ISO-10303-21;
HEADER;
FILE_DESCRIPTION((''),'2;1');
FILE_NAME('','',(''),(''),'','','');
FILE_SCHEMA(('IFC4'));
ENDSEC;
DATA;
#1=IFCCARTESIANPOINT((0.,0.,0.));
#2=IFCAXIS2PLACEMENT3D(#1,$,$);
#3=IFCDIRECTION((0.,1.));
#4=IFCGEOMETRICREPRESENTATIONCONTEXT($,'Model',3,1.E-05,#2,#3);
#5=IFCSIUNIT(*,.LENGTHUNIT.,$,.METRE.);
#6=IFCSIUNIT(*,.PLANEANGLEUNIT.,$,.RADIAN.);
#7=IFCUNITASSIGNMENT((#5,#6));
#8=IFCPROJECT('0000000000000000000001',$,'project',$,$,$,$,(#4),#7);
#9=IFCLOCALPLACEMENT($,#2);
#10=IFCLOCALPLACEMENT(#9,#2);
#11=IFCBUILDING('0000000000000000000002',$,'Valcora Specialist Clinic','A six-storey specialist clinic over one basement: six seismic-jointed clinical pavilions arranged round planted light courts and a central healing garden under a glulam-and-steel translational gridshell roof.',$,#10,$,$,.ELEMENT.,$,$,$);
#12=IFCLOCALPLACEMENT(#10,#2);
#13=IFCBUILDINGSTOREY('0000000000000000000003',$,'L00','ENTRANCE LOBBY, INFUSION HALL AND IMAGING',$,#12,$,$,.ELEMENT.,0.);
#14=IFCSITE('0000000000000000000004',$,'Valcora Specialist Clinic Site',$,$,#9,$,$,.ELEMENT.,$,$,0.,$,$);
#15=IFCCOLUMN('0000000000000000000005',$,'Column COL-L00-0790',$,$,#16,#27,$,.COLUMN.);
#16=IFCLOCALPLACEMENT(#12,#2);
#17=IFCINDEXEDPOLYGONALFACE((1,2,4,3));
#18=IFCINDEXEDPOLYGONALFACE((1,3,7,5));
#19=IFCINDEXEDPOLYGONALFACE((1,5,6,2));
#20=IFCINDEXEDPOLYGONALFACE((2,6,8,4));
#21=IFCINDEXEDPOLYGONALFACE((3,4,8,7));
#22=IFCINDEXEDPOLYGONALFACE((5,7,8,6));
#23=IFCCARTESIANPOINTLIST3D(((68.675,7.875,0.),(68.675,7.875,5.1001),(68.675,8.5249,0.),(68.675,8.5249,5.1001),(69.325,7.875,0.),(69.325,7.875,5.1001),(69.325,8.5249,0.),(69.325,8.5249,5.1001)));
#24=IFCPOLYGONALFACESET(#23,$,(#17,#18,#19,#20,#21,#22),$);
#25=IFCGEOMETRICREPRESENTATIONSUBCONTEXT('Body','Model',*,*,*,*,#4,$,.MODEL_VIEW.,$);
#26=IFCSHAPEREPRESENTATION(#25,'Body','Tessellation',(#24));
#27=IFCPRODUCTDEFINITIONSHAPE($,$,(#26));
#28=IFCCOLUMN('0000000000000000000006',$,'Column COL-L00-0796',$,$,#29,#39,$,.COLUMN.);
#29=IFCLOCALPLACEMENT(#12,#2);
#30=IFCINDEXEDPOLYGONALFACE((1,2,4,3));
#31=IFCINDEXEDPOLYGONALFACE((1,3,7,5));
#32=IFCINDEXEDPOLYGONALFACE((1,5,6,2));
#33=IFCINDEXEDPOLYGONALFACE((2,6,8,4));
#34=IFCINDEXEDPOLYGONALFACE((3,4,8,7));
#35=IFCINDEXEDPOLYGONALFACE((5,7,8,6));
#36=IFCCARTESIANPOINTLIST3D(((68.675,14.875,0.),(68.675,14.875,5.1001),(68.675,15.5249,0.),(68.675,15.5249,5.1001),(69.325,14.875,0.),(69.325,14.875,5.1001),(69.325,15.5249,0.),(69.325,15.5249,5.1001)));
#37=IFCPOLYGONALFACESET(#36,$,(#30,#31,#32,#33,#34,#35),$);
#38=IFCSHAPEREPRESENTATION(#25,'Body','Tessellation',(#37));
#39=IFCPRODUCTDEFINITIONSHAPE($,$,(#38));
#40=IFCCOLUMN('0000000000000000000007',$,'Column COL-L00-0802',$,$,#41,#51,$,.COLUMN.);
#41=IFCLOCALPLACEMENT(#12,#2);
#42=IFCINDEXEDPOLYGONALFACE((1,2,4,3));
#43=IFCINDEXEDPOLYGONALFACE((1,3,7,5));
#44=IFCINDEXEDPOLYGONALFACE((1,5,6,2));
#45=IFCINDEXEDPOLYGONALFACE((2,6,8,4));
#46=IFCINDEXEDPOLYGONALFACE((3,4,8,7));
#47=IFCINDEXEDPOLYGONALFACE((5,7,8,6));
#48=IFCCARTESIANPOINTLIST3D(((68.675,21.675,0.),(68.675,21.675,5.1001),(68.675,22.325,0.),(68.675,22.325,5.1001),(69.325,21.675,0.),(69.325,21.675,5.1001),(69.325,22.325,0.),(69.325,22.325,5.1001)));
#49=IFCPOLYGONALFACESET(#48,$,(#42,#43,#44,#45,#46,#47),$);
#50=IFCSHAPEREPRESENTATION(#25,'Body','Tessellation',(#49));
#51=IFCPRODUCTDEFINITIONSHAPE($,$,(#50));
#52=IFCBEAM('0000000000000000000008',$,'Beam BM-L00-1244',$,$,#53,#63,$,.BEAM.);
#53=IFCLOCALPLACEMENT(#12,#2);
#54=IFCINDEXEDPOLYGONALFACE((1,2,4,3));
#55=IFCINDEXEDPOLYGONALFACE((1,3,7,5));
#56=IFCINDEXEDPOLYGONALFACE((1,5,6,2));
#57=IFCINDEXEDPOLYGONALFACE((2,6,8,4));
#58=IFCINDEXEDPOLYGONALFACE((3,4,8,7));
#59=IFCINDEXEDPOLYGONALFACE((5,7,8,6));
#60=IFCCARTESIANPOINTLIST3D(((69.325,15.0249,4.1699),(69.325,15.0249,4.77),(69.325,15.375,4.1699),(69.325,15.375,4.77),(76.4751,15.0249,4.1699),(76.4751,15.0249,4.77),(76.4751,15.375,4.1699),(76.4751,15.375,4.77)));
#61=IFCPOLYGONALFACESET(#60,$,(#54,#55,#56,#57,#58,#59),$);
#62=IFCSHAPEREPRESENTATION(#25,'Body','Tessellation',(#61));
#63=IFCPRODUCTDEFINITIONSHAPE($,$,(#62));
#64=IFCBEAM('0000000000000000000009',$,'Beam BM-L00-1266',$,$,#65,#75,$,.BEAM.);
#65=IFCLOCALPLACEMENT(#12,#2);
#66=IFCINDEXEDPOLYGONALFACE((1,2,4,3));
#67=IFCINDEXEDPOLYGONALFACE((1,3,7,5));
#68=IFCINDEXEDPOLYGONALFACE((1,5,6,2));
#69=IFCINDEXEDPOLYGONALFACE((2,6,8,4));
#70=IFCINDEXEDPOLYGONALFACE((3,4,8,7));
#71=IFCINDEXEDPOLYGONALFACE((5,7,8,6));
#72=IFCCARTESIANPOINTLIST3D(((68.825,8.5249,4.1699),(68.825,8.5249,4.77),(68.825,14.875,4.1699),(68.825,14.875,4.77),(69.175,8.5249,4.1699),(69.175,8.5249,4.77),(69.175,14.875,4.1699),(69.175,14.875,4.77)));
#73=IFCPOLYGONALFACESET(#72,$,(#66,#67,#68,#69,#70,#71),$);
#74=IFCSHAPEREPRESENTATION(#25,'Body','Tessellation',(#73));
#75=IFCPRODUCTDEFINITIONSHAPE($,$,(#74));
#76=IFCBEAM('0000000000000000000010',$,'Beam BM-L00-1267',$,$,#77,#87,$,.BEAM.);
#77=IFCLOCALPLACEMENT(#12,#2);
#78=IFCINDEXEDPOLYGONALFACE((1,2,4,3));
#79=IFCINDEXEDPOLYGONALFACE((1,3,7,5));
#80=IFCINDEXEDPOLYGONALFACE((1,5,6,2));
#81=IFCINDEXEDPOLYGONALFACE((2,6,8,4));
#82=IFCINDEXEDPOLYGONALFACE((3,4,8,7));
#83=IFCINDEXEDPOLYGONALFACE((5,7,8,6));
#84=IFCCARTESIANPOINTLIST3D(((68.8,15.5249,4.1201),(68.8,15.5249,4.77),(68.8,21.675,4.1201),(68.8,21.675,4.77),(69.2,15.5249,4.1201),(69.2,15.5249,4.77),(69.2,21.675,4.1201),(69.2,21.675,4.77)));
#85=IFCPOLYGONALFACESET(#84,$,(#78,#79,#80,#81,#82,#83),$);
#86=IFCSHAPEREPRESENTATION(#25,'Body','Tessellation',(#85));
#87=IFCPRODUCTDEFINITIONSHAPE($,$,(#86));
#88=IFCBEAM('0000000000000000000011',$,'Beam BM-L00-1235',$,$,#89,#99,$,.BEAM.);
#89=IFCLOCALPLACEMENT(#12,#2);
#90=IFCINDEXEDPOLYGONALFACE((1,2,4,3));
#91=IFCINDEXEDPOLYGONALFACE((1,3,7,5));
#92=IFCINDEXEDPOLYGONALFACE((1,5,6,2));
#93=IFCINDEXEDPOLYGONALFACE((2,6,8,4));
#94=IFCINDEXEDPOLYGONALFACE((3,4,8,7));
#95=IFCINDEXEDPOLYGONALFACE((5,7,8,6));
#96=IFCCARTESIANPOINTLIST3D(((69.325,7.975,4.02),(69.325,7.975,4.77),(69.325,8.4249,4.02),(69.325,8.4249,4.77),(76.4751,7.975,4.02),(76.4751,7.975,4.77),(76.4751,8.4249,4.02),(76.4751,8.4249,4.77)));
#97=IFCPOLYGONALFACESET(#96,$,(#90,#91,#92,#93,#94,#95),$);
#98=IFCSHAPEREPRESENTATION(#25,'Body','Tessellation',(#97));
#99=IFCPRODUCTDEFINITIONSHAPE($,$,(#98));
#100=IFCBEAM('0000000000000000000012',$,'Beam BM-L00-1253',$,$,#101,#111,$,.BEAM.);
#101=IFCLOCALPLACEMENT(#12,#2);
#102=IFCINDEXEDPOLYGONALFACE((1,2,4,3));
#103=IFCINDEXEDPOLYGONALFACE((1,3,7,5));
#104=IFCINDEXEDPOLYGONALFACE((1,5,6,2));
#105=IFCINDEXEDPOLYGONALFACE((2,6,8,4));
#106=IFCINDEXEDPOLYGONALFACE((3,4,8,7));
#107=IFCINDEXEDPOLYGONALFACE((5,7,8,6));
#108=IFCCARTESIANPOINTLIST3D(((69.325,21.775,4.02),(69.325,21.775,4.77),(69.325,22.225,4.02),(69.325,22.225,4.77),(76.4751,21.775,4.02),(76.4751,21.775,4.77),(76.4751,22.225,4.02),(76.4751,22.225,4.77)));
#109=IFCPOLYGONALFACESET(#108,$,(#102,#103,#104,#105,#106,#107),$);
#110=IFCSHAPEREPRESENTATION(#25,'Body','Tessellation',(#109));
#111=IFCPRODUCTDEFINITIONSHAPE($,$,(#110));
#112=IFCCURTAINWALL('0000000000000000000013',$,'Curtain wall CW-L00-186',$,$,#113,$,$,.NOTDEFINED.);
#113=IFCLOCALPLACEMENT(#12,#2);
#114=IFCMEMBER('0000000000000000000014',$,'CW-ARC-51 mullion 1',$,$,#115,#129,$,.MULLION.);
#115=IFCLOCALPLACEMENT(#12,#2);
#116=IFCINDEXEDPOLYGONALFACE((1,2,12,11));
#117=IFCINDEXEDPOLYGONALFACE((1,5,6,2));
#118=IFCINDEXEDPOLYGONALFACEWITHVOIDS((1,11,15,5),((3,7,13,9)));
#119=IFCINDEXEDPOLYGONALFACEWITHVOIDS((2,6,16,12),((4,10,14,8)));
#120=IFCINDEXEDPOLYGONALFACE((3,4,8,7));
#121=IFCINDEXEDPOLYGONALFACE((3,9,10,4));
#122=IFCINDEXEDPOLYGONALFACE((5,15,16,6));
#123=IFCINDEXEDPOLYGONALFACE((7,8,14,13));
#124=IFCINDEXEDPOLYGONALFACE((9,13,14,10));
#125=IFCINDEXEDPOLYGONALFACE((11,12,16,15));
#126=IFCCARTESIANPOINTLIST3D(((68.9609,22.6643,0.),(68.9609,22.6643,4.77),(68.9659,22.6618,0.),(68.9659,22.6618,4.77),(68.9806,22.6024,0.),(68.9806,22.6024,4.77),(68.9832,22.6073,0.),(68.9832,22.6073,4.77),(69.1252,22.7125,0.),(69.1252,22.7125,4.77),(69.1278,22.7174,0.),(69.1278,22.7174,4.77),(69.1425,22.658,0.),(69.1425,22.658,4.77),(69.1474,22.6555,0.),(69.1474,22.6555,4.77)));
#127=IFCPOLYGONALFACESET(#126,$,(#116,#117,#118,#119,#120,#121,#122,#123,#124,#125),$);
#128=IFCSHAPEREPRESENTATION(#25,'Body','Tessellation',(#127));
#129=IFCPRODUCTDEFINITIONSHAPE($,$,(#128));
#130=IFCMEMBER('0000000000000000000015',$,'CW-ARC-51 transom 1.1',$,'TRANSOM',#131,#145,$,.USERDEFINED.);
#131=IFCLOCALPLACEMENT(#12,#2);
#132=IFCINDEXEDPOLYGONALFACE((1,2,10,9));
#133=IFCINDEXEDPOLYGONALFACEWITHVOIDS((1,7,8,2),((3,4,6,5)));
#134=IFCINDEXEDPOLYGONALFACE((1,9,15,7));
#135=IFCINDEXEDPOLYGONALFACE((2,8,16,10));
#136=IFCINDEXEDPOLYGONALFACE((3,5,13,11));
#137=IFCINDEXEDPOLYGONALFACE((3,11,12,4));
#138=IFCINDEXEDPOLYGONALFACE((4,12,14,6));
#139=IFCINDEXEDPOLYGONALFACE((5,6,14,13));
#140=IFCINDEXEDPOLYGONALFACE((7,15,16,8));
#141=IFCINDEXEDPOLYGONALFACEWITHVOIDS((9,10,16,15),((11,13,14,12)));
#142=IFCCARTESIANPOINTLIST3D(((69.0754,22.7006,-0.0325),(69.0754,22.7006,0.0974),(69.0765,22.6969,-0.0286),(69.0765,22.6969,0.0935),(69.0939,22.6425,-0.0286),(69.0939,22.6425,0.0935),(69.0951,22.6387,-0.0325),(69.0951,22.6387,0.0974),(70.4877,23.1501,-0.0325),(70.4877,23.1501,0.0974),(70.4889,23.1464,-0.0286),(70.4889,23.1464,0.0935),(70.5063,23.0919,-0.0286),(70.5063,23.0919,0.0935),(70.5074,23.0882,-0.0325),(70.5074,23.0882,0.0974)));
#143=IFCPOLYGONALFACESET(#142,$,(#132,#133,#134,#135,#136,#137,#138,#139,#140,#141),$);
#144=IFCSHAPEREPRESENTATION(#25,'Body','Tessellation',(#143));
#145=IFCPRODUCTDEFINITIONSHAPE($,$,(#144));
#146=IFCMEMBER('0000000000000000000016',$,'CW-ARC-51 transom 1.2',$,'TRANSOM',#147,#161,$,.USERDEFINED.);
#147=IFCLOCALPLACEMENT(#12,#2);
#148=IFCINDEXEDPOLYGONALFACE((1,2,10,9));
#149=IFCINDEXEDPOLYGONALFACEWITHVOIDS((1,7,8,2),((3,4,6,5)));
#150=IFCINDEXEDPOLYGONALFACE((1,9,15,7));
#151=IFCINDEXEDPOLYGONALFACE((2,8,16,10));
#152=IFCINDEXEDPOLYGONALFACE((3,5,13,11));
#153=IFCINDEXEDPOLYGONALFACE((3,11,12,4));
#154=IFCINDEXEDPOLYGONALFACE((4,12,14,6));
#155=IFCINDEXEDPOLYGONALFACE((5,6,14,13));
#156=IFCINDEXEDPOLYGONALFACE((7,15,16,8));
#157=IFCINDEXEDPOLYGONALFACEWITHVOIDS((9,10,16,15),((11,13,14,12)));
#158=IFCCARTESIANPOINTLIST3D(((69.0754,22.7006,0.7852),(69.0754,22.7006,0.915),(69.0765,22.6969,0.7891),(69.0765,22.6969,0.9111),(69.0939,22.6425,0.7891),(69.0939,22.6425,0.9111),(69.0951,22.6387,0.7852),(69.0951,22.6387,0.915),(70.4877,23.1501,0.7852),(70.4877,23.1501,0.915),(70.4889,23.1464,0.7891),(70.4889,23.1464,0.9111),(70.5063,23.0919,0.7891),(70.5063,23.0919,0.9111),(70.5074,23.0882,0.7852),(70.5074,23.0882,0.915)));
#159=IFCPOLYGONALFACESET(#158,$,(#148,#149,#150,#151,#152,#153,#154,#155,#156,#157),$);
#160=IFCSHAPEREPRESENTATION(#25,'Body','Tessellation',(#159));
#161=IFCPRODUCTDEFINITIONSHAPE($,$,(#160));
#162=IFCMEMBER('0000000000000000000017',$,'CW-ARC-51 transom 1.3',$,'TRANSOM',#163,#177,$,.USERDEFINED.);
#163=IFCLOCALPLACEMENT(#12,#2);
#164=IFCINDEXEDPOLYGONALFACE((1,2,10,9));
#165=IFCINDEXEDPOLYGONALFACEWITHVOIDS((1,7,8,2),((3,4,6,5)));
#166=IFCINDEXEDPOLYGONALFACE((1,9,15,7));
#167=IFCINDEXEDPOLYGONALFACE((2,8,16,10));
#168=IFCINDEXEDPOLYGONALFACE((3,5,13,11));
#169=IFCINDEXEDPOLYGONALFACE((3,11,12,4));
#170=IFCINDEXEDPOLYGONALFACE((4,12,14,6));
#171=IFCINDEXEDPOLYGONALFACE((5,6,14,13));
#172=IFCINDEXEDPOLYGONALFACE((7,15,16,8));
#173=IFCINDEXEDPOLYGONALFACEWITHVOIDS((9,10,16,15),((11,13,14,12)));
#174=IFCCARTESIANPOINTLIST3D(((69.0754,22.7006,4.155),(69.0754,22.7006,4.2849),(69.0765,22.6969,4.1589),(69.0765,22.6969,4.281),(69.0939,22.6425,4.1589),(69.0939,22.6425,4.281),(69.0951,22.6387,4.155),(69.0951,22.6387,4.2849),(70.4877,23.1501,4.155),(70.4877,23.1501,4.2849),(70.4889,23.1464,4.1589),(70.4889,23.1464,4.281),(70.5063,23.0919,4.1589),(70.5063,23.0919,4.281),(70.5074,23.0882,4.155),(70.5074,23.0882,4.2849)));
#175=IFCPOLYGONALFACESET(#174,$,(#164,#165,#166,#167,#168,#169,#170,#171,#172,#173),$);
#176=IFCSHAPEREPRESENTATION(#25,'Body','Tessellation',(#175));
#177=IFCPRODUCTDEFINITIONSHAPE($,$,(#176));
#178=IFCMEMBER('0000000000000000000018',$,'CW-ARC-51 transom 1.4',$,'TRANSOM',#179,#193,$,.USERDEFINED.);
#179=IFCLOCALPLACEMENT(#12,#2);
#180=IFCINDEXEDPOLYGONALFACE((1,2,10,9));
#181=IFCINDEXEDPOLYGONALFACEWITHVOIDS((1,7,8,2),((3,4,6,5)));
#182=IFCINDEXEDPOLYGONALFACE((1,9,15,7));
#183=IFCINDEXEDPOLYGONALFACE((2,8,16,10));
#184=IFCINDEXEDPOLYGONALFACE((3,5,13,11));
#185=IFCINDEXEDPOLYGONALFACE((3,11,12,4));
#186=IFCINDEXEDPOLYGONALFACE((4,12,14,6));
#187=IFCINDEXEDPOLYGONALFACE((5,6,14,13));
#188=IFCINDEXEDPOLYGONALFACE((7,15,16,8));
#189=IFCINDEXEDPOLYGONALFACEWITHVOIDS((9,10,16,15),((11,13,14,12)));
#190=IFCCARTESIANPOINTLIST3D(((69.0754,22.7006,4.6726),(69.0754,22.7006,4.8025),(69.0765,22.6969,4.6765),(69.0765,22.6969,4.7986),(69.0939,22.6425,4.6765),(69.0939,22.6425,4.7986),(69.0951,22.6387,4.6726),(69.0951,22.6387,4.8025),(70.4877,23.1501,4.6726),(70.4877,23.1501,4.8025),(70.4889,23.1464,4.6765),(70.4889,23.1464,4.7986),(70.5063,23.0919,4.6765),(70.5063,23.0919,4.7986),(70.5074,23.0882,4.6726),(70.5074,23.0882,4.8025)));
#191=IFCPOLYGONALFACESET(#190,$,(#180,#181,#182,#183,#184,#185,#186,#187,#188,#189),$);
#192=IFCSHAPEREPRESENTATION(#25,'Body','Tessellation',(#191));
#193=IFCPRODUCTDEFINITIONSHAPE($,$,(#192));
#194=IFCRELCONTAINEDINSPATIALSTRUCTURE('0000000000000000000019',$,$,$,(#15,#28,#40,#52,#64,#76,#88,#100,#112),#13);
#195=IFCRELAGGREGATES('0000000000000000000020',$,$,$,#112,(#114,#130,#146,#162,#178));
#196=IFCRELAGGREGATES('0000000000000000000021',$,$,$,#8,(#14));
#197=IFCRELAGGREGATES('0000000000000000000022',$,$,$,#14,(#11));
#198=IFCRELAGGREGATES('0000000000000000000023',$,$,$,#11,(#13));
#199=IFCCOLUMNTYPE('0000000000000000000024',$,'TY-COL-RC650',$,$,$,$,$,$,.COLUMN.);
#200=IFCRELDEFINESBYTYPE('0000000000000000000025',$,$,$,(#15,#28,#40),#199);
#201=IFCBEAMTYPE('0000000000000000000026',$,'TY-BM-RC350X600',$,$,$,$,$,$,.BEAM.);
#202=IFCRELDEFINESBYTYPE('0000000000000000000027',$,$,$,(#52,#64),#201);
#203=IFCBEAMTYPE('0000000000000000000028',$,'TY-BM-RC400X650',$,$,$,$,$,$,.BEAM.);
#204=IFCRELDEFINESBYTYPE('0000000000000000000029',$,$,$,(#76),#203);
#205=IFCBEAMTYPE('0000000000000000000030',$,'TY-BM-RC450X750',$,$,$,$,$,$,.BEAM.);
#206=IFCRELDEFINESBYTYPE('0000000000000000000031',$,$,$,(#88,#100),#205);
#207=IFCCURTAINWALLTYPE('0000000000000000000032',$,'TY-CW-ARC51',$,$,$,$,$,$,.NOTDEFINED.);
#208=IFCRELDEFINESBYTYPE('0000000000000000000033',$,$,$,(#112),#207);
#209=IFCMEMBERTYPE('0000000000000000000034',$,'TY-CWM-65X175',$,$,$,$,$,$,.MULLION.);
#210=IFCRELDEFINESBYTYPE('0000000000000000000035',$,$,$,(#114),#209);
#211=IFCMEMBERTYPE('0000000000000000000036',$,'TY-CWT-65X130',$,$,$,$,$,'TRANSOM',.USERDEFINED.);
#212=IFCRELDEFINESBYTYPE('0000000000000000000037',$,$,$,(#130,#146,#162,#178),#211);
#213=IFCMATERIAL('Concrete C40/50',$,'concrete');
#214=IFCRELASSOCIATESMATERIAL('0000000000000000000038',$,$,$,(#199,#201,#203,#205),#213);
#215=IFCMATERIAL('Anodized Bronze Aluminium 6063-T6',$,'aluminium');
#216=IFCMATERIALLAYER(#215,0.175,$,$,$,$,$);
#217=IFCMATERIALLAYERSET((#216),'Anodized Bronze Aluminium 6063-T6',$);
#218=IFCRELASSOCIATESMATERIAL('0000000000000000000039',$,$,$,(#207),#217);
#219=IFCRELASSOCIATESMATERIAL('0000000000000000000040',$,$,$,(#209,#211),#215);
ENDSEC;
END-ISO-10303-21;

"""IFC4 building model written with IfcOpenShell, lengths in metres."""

from ifc_helpers import new_model, si_unit, direction, frame, origin, origin_2d, place, context, subcontext, project, spatial, rectangle, hollow_rectangle, extrude, material, layer, layer_set, material_profile, profile_set, type_object, element, aggregate, save


model = new_model("IFC4")

# Units and contexts
model_context = context("Model", 3, precision=1e-05, world=origin(), true_north=direction((0.0, 1.0)))
body_context = subcontext(model_context, "Body", "Model", "MODEL_VIEW")
ifc_project = project(units=[si_unit("LENGTHUNIT", "METRE"), si_unit("PLANEANGLEUNIT", "RADIAN")], contexts=[model_context])

# Site, building, storey
site_placement = place(None, origin())
site = spatial("IfcSite", under=ifc_project, at=site_placement, Name="Valcora Specialist Clinic Site", CompositionType="ELEMENT", RefElevation=0.0)
building_placement = place(site_placement, origin())
building = spatial("IfcBuilding", under=site, at=building_placement, Name="Valcora Specialist Clinic", Description="A six-storey specialist clinic over one basement: six seismic-jointed clinical pavilions arranged round planted light courts and a central healing garden under a glulam-and-steel translational gridshell roof.", CompositionType="ELEMENT")
storey_placement = place(building_placement, origin())
storey = spatial("IfcBuildingStorey", under=building, at=storey_placement, Name="L00", Description="ENTRANCE LOBBY, INFUSION HALL AND IMAGING", CompositionType="ELEMENT", Elevation=0.0)

# Columns
ifc_material_1 = material(Name="Concrete C40/50", Category="concrete")
ifc_material_profile_1 = material_profile(ifc_material_1, rectangle(XDim=0.6499, YDim=0.6499, at=origin_2d()), Name="RC-COL-650X650")
ifc_profile_set_1 = profile_set([ifc_material_profile_1], Name="Concrete C40/50")
column_type = type_object("IfcColumnType", Name="TY-COL-RC650", PredefinedType="COLUMN", material=ifc_profile_set_1)
for number, where, z_axis, x_axis, name in (
    (1, (69.0, 8.2, 0.0), (0.0, 0.0, 1.0), (1.0, 0.0, 0.0), "Column COL-L00-0790"),
    (2, (69.0, 15.2, 0.0), (0.0, 0.0, 1.0), (1.0, 0.0, 0.0), "Column COL-L00-0796"),
    (3, (69.0, 22.0, 0.0), (0.0, 0.0, 1.0), (1.0, 0.0, 0.0), "Column COL-L00-0802"),
):
    element("IfcColumn", number, at=place(storey_placement, frame(where, z_axis=z_axis, x_axis=x_axis)), inside=storey, type_object=column_type, Name=name, PredefinedType="COLUMN", context=body_context, shape_type="SweptSolid", body=[
        extrude(rectangle(XDim=0.6499, YDim=0.6499, at=origin_2d()), origin(), (0.0, 0.0, 1.0), 5.1001),
    ])

# Beams
ifc_material_profile_2 = material_profile(ifc_material_1, rectangle(XDim=0.3501, YDim=0.6001, at=origin_2d()), Name="RC-BM-350X600")
ifc_profile_set_2 = profile_set([ifc_material_profile_2], Name="Concrete C40/50")
beam_type_1 = type_object("IfcBeamType", Name="TY-BM-RC350X600", PredefinedType="BEAM", material=ifc_profile_set_2)
beam_1_placement = place(storey_placement, frame((69.325, 15.2, 4.47), z_axis=(1.0, 0.0, 0.0), x_axis=(0.0, 1.0, 0.0)))
element("IfcBeam", 4, at=beam_1_placement, inside=storey, type_object=beam_type_1, Name="Beam BM-L00-1244", PredefinedType="BEAM", context=body_context, shape_type="SweptSolid", body=[
    extrude(rectangle(XDim=0.3501, YDim=0.6001, at=origin_2d()), origin(), (0.0, 0.0, 1.0), 7.1501),
])
beam_2_placement = place(storey_placement, frame((69.0, 8.5249, 4.47), z_axis=(0.0, 1.0, 0.0), x_axis=(-1.0, 0.0, 0.0)))
element("IfcBeam", 5, at=beam_2_placement, inside=storey, type_object=beam_type_1, Name="Beam BM-L00-1266", PredefinedType="BEAM", context=body_context, shape_type="SweptSolid", body=[
    extrude(rectangle(XDim=0.3501, YDim=0.6001, at=origin_2d()), origin(), (0.0, 0.0, 1.0), 6.3501),
])
ifc_material_profile_3 = material_profile(ifc_material_1, rectangle(XDim=0.3999, YDim=0.6499, at=origin_2d()), Name="RC-BM-400X650")
ifc_profile_set_3 = profile_set([ifc_material_profile_3], Name="Concrete C40/50")
beam_type_2 = type_object("IfcBeamType", Name="TY-BM-RC400X650", PredefinedType="BEAM", material=ifc_profile_set_3)
beam_3_placement = place(storey_placement, frame((69.0, 15.5249, 4.4451), z_axis=(0.0, 1.0, 0.0), x_axis=(-1.0, 0.0, 0.0)))
element("IfcBeam", 6, at=beam_3_placement, inside=storey, type_object=beam_type_2, Name="Beam BM-L00-1267", PredefinedType="BEAM", context=body_context, shape_type="SweptSolid", body=[
    extrude(rectangle(XDim=0.3999, YDim=0.6499, at=origin_2d()), origin(), (0.0, 0.0, 1.0), 6.1501),
])
ifc_material_profile_4 = material_profile(ifc_material_1, rectangle(XDim=0.45, YDim=0.75, at=origin_2d()), Name="RC-BM-450X750")
ifc_profile_set_4 = profile_set([ifc_material_profile_4], Name="Concrete C40/50")
beam_type_3 = type_object("IfcBeamType", Name="TY-BM-RC450X750", PredefinedType="BEAM", material=ifc_profile_set_4)
for number, where, z_axis, x_axis, name in (
    (7, (69.325, 8.2, 4.395), (1.0, 0.0, 0.0), (0.0, 1.0, 0.0), "Beam BM-L00-1235"),
    (8, (69.325, 22.0, 4.395), (1.0, 0.0, 0.0), (0.0, 1.0, 0.0), "Beam BM-L00-1253"),
):
    element("IfcBeam", number, at=place(storey_placement, frame(where, z_axis=z_axis, x_axis=x_axis)), inside=storey, type_object=beam_type_3, Name=name, PredefinedType="BEAM", context=body_context, shape_type="SweptSolid", body=[
        extrude(rectangle(XDim=0.45, YDim=0.75, at=origin_2d()), origin(), (0.0, 0.0, 1.0), 7.1501),
    ])

# Curtain wall, members
ifc_material_2 = material(Name="Anodized Bronze Aluminium 6063-T6", Category="aluminium")
ifc_layer_1 = layer(ifc_material_2, 0.175)
ifc_layer_set_1 = layer_set([ifc_layer_1], Name="Anodized Bronze Aluminium 6063-T6")
curtain_wall_type = type_object("IfcCurtainWallType", Name="TY-CW-ARC51", PredefinedType="NOTDEFINED", material=ifc_layer_set_1)
curtain_wall_placement = place(storey_placement, origin())
curtain_wall = element("IfcCurtainWall", 9, at=curtain_wall_placement, inside=storey, type_object=curtain_wall_type, Name="Curtain wall CW-L00-186", PredefinedType="NOTDEFINED")
ifc_material_profile_5 = material_profile(ifc_material_2, hollow_rectangle(XDim=0.0649, YDim=0.175, WallThickness=0.0039, at=origin_2d()), Name="AL-MUL-65X175")
ifc_profile_set_5 = profile_set([ifc_material_profile_5], Name="Anodized Bronze Aluminium 6063-T6")
member_type_1 = type_object("IfcMemberType", Name="TY-CWM-65X175", PredefinedType="MULLION", material=ifc_profile_set_5)
member_1_placement = place(storey_placement, frame((69.0542, 22.6599, 0.0), z_axis=(0.0, 0.0, 1.0), x_axis=(-0.303233, 0.952916, 0.0)))
member_1 = element("IfcMember", 10, at=member_1_placement, type_object=member_type_1, Name="CW-ARC-51 mullion 1", PredefinedType="MULLION", context=body_context, shape_type="SweptSolid", body=[
    extrude(hollow_rectangle(XDim=0.0649, YDim=0.175, WallThickness=0.0039, at=origin_2d()), origin(), (0.0, 0.0, 1.0), 4.77),
])
ifc_material_profile_6 = material_profile(ifc_material_2, hollow_rectangle(XDim=0.0649, YDim=0.1299, WallThickness=0.0039, at=origin_2d()), Name="AL-TRN-65X130")
ifc_profile_set_6 = profile_set([ifc_material_profile_6], Name="Anodized Bronze Aluminium 6063-T6")
member_type_2 = type_object("IfcMemberType", Name="TY-CWT-65X130", ElementType="TRANSOM", PredefinedType="USERDEFINED", material=ifc_profile_set_6)
member_2_placement = place(storey_placement, frame((69.0852, 22.6697, 0.0325), z_axis=(0.952911, 0.303251, 0.0), x_axis=(-0.303251, 0.952911, 0.0)))
member_2 = element("IfcMember", 11, at=member_2_placement, type_object=member_type_2, Name="CW-ARC-51 transom 1.1", ObjectType="TRANSOM", PredefinedType="USERDEFINED", context=body_context, shape_type="SweptSolid", body=[
    extrude(hollow_rectangle(XDim=0.0649, YDim=0.1299, WallThickness=0.0039, at=origin_2d()), origin(), (0.0, 0.0, 1.0), 1.4822),
])
member_3_placement = place(storey_placement, frame((69.0852, 22.6697, 0.8501), z_axis=(0.952911, 0.303251, 0.0), x_axis=(-0.303251, 0.952911, 0.0)))
member_3 = element("IfcMember", 12, at=member_3_placement, type_object=member_type_2, Name="CW-ARC-51 transom 1.2", ObjectType="TRANSOM", PredefinedType="USERDEFINED", context=body_context, shape_type="SweptSolid", body=[
    extrude(hollow_rectangle(XDim=0.0649, YDim=0.1299, WallThickness=0.0039, at=origin_2d()), origin(), (0.0, 0.0, 1.0), 1.4822),
])
member_4_placement = place(storey_placement, frame((69.0852, 22.6697, 4.22), z_axis=(0.952911, 0.303251, 0.0), x_axis=(-0.303251, 0.952911, 0.0)))
member_4 = element("IfcMember", 13, at=member_4_placement, type_object=member_type_2, Name="CW-ARC-51 transom 1.3", ObjectType="TRANSOM", PredefinedType="USERDEFINED", context=body_context, shape_type="SweptSolid", body=[
    extrude(hollow_rectangle(XDim=0.0649, YDim=0.1299, WallThickness=0.0039, at=origin_2d()), origin(), (0.0, 0.0, 1.0), 1.4822),
])
member_5_placement = place(storey_placement, frame((69.0852, 22.6697, 4.7375), z_axis=(0.952911, 0.303251, 0.0), x_axis=(-0.303251, 0.952911, 0.0)))
member_5 = element("IfcMember", 14, at=member_5_placement, type_object=member_type_2, Name="CW-ARC-51 transom 1.4", ObjectType="TRANSOM", PredefinedType="USERDEFINED", context=body_context, shape_type="SweptSolid", body=[
    extrude(hollow_rectangle(XDim=0.0649, YDim=0.1299, WallThickness=0.0039, at=origin_2d()), origin(), (0.0, 0.0, 1.0), 1.4822),
])
aggregate(curtain_wall, [member_1, member_2, member_3, member_4, member_5])

save(model, "model.ifc")
